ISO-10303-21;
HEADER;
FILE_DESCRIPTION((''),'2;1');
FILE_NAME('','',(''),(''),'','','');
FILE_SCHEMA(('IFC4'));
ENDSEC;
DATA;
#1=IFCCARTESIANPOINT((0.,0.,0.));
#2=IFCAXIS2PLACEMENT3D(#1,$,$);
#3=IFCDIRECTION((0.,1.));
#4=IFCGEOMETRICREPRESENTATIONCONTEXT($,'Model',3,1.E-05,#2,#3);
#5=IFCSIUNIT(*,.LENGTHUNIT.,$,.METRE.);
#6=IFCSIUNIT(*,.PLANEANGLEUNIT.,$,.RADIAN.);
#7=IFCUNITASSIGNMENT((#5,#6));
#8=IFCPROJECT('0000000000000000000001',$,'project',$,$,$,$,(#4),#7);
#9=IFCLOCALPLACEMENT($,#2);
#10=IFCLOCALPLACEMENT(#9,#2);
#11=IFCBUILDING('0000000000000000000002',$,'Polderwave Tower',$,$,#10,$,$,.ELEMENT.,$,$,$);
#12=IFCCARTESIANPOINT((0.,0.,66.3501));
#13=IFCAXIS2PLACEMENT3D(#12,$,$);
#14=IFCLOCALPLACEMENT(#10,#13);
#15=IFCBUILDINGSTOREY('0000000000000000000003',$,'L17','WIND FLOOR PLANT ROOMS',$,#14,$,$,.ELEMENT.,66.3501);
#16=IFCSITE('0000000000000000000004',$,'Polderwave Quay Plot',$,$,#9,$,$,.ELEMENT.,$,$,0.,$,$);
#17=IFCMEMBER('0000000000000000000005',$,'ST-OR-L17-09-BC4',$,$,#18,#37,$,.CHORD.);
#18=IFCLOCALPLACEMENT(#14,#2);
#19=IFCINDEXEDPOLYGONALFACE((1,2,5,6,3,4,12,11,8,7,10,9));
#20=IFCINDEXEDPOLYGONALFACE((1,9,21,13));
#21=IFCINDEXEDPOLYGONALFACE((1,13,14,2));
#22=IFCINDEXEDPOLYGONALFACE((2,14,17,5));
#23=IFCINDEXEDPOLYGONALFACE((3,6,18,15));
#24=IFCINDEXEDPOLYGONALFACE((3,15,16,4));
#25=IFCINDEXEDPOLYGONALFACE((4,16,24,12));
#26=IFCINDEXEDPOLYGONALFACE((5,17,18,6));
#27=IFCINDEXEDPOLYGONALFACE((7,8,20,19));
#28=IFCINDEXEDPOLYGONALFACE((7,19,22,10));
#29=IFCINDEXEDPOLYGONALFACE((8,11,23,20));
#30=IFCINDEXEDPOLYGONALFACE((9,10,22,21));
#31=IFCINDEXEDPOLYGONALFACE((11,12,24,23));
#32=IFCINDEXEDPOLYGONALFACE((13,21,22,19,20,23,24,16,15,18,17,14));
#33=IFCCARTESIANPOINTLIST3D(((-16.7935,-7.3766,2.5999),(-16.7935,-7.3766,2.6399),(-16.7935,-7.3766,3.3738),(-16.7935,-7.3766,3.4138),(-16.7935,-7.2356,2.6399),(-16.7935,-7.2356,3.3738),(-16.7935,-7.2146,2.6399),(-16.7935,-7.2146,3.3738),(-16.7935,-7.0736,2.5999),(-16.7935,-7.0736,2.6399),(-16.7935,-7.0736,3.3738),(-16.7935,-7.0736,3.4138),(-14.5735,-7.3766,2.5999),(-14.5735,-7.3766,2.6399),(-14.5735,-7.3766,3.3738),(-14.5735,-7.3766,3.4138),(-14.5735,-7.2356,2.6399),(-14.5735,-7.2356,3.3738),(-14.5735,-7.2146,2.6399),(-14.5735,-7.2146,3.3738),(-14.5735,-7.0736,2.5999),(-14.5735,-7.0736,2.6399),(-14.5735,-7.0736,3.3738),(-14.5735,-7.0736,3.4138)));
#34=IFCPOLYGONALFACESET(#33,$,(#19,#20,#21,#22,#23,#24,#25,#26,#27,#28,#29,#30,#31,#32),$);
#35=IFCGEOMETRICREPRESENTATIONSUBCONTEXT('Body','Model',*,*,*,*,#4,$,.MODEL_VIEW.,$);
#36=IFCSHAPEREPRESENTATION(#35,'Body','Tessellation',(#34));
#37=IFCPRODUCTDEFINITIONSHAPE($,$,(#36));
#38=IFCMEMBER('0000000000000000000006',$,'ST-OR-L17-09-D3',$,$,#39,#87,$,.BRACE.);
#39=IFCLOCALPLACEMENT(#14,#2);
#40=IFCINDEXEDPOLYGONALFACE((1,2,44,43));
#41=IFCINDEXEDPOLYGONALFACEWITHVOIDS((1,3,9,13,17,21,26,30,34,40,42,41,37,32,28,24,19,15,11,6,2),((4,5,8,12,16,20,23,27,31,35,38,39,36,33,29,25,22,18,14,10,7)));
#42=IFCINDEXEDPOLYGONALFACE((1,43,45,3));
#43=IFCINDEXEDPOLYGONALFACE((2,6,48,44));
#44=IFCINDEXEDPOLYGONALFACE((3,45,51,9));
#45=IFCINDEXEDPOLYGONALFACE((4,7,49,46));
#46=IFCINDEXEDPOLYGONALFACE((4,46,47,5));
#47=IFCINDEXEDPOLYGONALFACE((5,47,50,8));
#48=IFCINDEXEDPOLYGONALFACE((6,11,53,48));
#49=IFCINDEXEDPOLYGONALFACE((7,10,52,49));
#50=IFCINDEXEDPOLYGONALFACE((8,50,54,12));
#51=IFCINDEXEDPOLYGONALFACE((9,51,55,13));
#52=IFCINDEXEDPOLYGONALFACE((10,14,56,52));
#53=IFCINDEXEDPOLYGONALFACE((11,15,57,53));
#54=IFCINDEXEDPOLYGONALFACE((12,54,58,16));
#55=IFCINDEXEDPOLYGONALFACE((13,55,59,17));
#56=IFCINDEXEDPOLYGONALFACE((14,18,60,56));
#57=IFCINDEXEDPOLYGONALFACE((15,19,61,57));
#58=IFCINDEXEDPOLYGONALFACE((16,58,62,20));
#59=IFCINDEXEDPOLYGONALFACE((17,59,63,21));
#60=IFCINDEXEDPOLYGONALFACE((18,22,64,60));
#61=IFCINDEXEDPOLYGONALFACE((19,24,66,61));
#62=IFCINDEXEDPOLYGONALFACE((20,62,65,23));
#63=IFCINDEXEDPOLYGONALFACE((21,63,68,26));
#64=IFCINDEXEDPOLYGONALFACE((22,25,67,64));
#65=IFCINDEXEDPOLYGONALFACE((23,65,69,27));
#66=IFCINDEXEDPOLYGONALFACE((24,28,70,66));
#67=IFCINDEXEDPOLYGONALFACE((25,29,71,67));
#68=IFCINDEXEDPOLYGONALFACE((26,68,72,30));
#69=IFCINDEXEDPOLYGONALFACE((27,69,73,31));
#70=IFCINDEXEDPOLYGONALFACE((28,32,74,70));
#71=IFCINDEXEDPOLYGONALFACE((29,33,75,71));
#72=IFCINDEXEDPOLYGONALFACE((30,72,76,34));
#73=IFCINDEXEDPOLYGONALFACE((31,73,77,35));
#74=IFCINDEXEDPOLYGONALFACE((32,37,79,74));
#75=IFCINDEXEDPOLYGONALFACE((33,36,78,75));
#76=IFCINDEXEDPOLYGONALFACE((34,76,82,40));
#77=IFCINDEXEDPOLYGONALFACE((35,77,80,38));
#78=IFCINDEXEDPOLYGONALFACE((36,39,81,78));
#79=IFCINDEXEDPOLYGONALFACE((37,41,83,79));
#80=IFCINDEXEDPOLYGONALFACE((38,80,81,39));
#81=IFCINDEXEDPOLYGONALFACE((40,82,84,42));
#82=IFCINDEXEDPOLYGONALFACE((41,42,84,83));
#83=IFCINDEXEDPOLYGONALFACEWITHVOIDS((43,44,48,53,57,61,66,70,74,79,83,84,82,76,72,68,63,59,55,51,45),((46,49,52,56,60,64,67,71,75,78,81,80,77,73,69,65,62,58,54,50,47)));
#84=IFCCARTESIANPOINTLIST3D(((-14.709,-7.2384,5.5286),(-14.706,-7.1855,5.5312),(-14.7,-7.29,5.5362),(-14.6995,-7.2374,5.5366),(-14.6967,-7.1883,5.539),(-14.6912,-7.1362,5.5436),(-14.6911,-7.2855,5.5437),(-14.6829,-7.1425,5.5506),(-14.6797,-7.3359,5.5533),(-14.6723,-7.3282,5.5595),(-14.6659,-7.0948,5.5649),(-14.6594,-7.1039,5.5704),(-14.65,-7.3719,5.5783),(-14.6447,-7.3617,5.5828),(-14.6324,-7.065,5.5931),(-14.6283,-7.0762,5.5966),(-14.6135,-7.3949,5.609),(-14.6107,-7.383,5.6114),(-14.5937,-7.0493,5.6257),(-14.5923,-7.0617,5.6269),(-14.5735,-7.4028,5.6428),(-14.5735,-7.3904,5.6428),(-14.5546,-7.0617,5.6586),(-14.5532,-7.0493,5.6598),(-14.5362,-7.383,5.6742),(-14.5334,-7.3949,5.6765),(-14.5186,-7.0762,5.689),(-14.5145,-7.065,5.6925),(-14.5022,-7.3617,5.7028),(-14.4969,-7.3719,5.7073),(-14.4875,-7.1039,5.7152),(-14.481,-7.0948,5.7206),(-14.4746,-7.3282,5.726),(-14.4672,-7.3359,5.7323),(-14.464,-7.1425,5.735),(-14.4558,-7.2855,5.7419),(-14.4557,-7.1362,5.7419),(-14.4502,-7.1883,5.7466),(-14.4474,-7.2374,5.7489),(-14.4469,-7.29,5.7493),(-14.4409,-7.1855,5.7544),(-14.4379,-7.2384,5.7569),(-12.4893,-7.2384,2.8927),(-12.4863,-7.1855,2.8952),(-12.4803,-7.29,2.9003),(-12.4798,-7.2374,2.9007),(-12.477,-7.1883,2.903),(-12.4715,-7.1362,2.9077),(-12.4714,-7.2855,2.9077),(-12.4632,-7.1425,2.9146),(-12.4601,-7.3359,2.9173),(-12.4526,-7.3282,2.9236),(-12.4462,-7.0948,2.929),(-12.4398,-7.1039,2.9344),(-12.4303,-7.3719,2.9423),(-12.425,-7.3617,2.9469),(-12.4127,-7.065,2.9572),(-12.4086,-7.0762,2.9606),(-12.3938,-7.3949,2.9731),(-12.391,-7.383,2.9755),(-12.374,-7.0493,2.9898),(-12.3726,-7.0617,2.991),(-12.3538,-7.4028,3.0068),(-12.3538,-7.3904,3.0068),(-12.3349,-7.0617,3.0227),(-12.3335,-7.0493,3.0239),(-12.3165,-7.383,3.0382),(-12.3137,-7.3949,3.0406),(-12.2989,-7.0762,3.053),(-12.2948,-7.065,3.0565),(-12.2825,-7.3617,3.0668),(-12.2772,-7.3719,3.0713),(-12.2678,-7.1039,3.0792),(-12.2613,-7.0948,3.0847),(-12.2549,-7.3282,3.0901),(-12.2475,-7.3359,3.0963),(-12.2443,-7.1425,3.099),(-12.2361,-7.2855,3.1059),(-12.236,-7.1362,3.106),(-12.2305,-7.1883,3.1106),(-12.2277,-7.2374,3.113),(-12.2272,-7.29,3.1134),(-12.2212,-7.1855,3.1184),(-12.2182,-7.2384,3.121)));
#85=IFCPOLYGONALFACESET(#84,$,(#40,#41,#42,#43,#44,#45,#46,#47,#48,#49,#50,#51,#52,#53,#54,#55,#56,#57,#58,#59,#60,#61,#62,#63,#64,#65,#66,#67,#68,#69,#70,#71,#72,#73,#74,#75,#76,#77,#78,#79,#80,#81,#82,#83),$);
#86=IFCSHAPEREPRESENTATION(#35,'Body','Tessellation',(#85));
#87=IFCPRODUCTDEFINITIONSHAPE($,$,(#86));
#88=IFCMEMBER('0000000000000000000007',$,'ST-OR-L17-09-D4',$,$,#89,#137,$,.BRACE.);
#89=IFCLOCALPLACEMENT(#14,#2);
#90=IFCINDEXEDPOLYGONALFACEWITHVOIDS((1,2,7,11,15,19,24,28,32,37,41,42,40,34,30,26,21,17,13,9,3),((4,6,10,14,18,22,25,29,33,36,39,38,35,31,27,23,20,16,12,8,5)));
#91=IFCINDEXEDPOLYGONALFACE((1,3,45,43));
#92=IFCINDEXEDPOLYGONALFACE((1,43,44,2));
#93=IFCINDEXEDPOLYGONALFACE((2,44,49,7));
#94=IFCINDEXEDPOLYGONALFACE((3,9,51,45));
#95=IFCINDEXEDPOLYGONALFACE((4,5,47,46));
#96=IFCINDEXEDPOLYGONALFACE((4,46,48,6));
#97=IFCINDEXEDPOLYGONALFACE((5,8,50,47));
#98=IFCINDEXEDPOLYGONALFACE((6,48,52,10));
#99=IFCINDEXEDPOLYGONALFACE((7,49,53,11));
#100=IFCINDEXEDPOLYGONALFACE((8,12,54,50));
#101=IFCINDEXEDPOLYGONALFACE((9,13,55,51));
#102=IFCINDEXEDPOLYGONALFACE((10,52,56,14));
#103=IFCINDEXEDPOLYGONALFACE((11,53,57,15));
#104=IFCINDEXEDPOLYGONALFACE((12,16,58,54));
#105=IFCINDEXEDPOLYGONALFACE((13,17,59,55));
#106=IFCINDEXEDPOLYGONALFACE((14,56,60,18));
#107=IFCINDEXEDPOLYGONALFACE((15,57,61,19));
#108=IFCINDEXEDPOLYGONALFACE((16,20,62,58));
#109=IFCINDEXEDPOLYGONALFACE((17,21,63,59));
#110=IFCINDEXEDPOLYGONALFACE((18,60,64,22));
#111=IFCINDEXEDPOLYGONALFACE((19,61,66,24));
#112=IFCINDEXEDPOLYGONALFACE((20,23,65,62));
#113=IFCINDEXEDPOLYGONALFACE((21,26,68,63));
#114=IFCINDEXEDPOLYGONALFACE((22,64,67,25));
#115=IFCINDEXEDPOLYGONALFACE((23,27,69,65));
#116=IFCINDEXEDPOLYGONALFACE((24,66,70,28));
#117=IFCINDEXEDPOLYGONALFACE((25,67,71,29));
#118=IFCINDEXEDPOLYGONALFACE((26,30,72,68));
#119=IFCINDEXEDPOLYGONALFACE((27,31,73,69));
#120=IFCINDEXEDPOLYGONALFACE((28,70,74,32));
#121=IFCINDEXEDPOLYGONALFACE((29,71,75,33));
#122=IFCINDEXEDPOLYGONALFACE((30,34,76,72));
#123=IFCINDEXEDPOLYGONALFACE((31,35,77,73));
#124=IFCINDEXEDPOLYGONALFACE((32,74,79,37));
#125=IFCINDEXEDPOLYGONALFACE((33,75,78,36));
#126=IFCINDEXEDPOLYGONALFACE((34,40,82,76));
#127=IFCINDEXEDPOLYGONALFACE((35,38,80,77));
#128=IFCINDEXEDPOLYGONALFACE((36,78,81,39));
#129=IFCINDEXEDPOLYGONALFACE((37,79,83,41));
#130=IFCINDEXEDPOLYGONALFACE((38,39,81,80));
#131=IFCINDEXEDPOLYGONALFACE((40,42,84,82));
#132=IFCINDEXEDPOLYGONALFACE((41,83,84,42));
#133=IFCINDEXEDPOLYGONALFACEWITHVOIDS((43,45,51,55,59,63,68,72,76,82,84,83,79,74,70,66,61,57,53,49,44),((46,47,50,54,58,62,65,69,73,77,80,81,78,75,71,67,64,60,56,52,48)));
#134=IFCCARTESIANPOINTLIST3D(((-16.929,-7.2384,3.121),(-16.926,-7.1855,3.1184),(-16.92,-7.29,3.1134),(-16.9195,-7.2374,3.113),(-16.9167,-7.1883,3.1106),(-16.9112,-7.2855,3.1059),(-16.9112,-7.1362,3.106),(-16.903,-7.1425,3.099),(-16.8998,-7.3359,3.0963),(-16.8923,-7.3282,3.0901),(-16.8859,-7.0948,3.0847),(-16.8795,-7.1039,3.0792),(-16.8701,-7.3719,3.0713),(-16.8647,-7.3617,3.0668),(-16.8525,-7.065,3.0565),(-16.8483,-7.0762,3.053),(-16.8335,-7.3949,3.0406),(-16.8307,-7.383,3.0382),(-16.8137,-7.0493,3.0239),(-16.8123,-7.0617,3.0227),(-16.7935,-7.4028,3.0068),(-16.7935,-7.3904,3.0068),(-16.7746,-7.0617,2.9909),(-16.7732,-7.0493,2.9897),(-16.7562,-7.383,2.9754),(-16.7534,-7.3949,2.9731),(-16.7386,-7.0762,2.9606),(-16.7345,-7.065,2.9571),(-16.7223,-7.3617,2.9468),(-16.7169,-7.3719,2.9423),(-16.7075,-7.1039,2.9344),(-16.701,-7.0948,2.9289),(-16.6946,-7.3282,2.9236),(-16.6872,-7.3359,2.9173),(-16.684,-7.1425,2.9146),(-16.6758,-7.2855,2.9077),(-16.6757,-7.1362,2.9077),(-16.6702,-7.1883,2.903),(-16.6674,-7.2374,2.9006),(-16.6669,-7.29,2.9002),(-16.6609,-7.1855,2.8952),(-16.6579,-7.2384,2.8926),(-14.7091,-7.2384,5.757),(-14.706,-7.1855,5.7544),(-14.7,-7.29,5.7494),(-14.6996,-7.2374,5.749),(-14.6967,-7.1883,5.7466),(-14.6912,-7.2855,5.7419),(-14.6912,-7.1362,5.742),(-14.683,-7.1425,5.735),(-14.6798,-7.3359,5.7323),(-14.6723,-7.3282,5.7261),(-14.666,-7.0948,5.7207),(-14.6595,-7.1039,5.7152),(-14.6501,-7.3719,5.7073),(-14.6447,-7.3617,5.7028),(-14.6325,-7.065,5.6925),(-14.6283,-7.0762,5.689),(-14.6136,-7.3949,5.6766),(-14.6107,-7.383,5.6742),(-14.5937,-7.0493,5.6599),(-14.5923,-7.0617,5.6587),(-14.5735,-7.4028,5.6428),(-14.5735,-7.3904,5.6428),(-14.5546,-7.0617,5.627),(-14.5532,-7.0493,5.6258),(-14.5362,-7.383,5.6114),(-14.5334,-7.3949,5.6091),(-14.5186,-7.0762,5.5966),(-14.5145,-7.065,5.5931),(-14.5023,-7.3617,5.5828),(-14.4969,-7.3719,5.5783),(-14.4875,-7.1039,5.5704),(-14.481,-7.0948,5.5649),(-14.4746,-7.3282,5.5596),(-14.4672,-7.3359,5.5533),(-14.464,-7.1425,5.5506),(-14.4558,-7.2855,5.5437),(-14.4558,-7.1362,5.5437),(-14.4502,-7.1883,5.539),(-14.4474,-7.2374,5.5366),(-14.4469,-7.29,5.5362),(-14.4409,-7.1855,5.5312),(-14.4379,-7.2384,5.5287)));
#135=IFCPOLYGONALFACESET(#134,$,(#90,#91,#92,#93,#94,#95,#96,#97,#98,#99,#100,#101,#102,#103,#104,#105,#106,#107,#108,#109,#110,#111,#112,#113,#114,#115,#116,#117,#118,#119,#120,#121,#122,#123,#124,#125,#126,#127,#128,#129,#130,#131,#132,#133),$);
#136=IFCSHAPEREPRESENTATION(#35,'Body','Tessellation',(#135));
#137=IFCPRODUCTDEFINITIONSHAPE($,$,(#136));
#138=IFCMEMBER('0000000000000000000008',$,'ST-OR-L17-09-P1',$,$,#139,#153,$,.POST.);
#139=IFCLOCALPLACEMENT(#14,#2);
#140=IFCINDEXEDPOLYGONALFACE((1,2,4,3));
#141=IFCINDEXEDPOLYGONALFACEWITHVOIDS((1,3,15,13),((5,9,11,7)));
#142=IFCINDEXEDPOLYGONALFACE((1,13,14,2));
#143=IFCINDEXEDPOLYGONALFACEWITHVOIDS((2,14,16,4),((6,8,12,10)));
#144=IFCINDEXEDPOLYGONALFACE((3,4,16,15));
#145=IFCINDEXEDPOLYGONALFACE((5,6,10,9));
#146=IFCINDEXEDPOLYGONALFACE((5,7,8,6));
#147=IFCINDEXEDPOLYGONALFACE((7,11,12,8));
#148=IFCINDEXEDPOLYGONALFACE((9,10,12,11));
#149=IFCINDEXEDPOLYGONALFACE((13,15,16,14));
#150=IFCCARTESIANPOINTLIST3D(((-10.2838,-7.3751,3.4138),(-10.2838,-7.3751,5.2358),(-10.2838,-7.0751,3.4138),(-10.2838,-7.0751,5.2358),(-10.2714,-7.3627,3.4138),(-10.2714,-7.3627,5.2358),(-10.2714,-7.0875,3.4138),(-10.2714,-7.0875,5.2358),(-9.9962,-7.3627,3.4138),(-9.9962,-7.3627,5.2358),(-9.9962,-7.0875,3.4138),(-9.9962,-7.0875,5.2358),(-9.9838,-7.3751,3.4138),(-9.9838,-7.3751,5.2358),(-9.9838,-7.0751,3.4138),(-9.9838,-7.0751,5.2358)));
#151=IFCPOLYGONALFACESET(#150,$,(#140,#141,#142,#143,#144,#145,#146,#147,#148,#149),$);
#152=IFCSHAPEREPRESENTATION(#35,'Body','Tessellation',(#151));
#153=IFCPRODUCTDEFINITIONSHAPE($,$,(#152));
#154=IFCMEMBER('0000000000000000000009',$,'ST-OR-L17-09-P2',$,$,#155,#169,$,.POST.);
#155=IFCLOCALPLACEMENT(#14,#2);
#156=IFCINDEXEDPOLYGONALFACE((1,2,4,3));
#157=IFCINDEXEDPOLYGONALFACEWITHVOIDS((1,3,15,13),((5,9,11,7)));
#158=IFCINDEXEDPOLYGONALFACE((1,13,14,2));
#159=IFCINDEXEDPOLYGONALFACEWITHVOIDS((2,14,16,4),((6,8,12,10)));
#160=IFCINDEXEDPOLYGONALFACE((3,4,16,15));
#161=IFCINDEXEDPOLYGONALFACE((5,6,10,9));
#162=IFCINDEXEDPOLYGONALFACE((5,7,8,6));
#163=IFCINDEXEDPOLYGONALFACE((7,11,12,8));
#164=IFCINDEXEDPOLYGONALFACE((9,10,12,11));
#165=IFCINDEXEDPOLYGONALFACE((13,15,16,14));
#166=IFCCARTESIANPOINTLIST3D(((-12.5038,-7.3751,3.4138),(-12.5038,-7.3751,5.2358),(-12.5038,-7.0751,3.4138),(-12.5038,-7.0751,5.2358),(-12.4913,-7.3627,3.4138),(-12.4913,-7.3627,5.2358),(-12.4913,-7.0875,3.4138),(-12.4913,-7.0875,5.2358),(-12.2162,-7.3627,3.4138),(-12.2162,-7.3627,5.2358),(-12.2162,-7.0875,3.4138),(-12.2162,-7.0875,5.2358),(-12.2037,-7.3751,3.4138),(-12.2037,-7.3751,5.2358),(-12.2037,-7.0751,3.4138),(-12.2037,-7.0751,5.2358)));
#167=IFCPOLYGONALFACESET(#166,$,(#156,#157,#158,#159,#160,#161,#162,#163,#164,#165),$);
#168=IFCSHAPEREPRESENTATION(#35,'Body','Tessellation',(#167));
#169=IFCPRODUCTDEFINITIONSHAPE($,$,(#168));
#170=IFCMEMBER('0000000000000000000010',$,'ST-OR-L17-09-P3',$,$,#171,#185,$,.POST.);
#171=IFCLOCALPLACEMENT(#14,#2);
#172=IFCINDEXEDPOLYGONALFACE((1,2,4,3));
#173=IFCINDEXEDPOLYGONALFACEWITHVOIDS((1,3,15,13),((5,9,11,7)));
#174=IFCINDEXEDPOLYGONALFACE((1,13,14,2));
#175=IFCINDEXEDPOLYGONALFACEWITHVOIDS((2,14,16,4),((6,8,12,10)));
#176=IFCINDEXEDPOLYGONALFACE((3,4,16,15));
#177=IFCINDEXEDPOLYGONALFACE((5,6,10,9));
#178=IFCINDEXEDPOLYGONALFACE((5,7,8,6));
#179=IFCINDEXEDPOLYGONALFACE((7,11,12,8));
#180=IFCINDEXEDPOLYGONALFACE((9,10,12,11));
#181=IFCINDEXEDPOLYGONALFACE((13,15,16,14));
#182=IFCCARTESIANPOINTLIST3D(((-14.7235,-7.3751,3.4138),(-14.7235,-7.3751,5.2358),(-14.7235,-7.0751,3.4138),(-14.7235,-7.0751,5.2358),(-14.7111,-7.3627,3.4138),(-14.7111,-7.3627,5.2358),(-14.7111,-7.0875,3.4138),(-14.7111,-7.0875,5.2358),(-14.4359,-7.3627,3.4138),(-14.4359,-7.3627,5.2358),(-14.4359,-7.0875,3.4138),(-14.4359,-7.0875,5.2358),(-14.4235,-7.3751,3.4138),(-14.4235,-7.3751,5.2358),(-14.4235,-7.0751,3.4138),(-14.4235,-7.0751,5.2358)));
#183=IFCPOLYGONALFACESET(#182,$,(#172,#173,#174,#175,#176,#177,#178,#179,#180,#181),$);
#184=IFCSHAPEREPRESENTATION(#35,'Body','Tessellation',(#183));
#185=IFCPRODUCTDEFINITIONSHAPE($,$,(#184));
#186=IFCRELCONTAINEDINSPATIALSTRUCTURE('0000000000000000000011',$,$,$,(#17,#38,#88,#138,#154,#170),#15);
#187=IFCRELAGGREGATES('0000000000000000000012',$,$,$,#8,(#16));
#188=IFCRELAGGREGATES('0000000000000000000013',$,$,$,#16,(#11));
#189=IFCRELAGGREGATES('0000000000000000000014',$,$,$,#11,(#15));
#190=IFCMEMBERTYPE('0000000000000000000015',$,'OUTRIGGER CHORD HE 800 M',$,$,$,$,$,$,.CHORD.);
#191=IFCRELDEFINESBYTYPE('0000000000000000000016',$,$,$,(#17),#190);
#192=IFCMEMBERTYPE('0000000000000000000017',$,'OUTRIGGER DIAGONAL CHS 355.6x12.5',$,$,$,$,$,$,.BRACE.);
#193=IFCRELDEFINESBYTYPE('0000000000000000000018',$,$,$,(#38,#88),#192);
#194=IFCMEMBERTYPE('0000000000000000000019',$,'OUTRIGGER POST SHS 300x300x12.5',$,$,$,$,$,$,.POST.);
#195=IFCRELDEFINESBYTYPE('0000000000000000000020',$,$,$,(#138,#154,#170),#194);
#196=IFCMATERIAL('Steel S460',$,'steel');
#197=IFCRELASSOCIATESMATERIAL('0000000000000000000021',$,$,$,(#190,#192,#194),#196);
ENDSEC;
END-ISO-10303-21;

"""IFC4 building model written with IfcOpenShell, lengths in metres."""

from ifc_helpers import new_model, si_unit, direction, frame, origin, origin_2d, place, context, subcontext, project, spatial, hollow_rectangle, hollow_circle, i_section, extrude, material, material_profile, profile_set, type_object, element, save


model = new_model("IFC4")

# Units and contexts
model_context = context("Model", 3, precision=1e-05, world=origin(), true_north=direction((0.0, 1.0)))
body_context = subcontext(model_context, "Body", "Model", "MODEL_VIEW")
ifc_project = project(units=[si_unit("LENGTHUNIT", "METRE"), si_unit("PLANEANGLEUNIT", "RADIAN")], contexts=[model_context])

# Site, building, storey
site_placement = place(None, origin())
site = spatial("IfcSite", under=ifc_project, at=site_placement, Name="Polderwave Quay Plot", CompositionType="ELEMENT", RefElevation=0.0)
building_placement = place(site_placement, origin())
building = spatial("IfcBuilding", under=site, at=building_placement, Name="Polderwave Tower", CompositionType="ELEMENT")
storey_placement = place(building_placement, frame((0.0, 0.0, 66.3501)))
storey = spatial("IfcBuildingStorey", under=building, at=storey_placement, Name="L17", Description="WIND FLOOR PLANT ROOMS", CompositionType="ELEMENT", Elevation=66.3501)

# Members
ifc_material_1 = material(Name="Steel S460", Category="steel")
ifc_material_profile_1 = material_profile(ifc_material_1, i_section(OverallWidth=0.303, OverallDepth=0.814, WebThickness=0.021, FlangeThickness=0.04, at=origin_2d()), Name="HE 800 M")
ifc_profile_set_1 = profile_set([ifc_material_profile_1], Name="Steel S460")
member_type_1 = type_object("IfcMemberType", Name="OUTRIGGER CHORD HE 800 M", PredefinedType="CHORD", material=ifc_profile_set_1)
for number, where, z_axis, x_axis, name in (
    (1, (-14.5735, -7.2251, 3.0068), (-1.0, 0.0, 0.0), (0.0, -1.0, 0.0), "ST-OR-L17-09-BC4"),
):
    element("IfcMember", number, at=place(storey_placement, frame(where, z_axis=z_axis, x_axis=x_axis)), inside=storey, type_object=member_type_1, Name=name, PredefinedType="CHORD", context=body_context, shape_type="SweptSolid", body=[
        extrude(i_section(OverallWidth=0.303, OverallDepth=0.814, WebThickness=0.021, FlangeThickness=0.04, at=origin_2d()), origin(), (0.0, 0.0, 1.0), 2.22),
    ])
ifc_material_profile_2 = material_profile(ifc_material_1, hollow_circle(Radius=0.1777, WallThickness=0.0125, at=origin_2d()), Name="CHS 355.6x12.5")
ifc_profile_set_2 = profile_set([ifc_material_profile_2], Name="Steel S460")
member_type_2 = type_object("IfcMemberType", Name="OUTRIGGER DIAGONAL CHS 355.6x12.5", PredefinedType="BRACE", material=ifc_profile_set_2)
member_1_placement = place(storey_placement, frame((-12.3538, -7.2251, 3.0068), z_axis=(-0.644127, 0.0, 0.764919), x_axis=(0.0, -1.0, 0.0)))
element("IfcMember", 2, at=member_1_placement, inside=storey, type_object=member_type_2, Name="ST-OR-L17-09-D3", PredefinedType="BRACE", context=body_context, shape_type="SweptSolid", body=[
    extrude(hollow_circle(Radius=0.1777, WallThickness=0.0125, at=origin_2d()), origin(), (0.0, 0.0, 1.0), 3.446),
])
member_2_placement = place(storey_placement, frame((-14.5735, -7.2251, 5.6428), z_axis=(-0.644168, 0.0, -0.764884), x_axis=(0.0, -1.0, 0.0)))
element("IfcMember", 3, at=member_2_placement, inside=storey, type_object=member_type_2, Name="ST-OR-L17-09-D4", PredefinedType="BRACE", context=body_context, shape_type="SweptSolid", body=[
    extrude(hollow_circle(Radius=0.1777, WallThickness=0.0125, at=origin_2d()), origin(), (0.0, 0.0, 1.0), 3.4463),
])
ifc_material_profile_3 = material_profile(ifc_material_1, hollow_rectangle(XDim=0.3, YDim=0.3, WallThickness=0.0125, at=origin_2d()), Name="SHS 300x300x12.5")
ifc_profile_set_3 = profile_set([ifc_material_profile_3], Name="Steel S460")
member_type_3 = type_object("IfcMemberType", Name="OUTRIGGER POST SHS 300x300x12.5", PredefinedType="POST", material=ifc_profile_set_3)
for number, where, z_axis, x_axis, name in (
    (4, (-10.1338, -7.2251, 3.4138), (0.0, 0.0, 1.0), (1.0, 0.0, 0.0), "ST-OR-L17-09-P1"),
    (5, (-12.3538, -7.2251, 3.4138), (0.0, 0.0, 1.0), (1.0, 0.0, 0.0), "ST-OR-L17-09-P2"),
    (6, (-14.5735, -7.2251, 3.4138), (0.0, 0.0, 1.0), (1.0, 0.0, 0.0), "ST-OR-L17-09-P3"),
):
    element("IfcMember", number, at=place(storey_placement, frame(where, z_axis=z_axis, x_axis=x_axis)), inside=storey, type_object=member_type_3, Name=name, PredefinedType="POST", context=body_context, shape_type="SweptSolid", body=[
        extrude(hollow_rectangle(XDim=0.3, YDim=0.3, WallThickness=0.0125, at=origin_2d()), origin(), (0.0, 0.0, 1.0), 1.822),
    ])

save(model, "model.ifc")
